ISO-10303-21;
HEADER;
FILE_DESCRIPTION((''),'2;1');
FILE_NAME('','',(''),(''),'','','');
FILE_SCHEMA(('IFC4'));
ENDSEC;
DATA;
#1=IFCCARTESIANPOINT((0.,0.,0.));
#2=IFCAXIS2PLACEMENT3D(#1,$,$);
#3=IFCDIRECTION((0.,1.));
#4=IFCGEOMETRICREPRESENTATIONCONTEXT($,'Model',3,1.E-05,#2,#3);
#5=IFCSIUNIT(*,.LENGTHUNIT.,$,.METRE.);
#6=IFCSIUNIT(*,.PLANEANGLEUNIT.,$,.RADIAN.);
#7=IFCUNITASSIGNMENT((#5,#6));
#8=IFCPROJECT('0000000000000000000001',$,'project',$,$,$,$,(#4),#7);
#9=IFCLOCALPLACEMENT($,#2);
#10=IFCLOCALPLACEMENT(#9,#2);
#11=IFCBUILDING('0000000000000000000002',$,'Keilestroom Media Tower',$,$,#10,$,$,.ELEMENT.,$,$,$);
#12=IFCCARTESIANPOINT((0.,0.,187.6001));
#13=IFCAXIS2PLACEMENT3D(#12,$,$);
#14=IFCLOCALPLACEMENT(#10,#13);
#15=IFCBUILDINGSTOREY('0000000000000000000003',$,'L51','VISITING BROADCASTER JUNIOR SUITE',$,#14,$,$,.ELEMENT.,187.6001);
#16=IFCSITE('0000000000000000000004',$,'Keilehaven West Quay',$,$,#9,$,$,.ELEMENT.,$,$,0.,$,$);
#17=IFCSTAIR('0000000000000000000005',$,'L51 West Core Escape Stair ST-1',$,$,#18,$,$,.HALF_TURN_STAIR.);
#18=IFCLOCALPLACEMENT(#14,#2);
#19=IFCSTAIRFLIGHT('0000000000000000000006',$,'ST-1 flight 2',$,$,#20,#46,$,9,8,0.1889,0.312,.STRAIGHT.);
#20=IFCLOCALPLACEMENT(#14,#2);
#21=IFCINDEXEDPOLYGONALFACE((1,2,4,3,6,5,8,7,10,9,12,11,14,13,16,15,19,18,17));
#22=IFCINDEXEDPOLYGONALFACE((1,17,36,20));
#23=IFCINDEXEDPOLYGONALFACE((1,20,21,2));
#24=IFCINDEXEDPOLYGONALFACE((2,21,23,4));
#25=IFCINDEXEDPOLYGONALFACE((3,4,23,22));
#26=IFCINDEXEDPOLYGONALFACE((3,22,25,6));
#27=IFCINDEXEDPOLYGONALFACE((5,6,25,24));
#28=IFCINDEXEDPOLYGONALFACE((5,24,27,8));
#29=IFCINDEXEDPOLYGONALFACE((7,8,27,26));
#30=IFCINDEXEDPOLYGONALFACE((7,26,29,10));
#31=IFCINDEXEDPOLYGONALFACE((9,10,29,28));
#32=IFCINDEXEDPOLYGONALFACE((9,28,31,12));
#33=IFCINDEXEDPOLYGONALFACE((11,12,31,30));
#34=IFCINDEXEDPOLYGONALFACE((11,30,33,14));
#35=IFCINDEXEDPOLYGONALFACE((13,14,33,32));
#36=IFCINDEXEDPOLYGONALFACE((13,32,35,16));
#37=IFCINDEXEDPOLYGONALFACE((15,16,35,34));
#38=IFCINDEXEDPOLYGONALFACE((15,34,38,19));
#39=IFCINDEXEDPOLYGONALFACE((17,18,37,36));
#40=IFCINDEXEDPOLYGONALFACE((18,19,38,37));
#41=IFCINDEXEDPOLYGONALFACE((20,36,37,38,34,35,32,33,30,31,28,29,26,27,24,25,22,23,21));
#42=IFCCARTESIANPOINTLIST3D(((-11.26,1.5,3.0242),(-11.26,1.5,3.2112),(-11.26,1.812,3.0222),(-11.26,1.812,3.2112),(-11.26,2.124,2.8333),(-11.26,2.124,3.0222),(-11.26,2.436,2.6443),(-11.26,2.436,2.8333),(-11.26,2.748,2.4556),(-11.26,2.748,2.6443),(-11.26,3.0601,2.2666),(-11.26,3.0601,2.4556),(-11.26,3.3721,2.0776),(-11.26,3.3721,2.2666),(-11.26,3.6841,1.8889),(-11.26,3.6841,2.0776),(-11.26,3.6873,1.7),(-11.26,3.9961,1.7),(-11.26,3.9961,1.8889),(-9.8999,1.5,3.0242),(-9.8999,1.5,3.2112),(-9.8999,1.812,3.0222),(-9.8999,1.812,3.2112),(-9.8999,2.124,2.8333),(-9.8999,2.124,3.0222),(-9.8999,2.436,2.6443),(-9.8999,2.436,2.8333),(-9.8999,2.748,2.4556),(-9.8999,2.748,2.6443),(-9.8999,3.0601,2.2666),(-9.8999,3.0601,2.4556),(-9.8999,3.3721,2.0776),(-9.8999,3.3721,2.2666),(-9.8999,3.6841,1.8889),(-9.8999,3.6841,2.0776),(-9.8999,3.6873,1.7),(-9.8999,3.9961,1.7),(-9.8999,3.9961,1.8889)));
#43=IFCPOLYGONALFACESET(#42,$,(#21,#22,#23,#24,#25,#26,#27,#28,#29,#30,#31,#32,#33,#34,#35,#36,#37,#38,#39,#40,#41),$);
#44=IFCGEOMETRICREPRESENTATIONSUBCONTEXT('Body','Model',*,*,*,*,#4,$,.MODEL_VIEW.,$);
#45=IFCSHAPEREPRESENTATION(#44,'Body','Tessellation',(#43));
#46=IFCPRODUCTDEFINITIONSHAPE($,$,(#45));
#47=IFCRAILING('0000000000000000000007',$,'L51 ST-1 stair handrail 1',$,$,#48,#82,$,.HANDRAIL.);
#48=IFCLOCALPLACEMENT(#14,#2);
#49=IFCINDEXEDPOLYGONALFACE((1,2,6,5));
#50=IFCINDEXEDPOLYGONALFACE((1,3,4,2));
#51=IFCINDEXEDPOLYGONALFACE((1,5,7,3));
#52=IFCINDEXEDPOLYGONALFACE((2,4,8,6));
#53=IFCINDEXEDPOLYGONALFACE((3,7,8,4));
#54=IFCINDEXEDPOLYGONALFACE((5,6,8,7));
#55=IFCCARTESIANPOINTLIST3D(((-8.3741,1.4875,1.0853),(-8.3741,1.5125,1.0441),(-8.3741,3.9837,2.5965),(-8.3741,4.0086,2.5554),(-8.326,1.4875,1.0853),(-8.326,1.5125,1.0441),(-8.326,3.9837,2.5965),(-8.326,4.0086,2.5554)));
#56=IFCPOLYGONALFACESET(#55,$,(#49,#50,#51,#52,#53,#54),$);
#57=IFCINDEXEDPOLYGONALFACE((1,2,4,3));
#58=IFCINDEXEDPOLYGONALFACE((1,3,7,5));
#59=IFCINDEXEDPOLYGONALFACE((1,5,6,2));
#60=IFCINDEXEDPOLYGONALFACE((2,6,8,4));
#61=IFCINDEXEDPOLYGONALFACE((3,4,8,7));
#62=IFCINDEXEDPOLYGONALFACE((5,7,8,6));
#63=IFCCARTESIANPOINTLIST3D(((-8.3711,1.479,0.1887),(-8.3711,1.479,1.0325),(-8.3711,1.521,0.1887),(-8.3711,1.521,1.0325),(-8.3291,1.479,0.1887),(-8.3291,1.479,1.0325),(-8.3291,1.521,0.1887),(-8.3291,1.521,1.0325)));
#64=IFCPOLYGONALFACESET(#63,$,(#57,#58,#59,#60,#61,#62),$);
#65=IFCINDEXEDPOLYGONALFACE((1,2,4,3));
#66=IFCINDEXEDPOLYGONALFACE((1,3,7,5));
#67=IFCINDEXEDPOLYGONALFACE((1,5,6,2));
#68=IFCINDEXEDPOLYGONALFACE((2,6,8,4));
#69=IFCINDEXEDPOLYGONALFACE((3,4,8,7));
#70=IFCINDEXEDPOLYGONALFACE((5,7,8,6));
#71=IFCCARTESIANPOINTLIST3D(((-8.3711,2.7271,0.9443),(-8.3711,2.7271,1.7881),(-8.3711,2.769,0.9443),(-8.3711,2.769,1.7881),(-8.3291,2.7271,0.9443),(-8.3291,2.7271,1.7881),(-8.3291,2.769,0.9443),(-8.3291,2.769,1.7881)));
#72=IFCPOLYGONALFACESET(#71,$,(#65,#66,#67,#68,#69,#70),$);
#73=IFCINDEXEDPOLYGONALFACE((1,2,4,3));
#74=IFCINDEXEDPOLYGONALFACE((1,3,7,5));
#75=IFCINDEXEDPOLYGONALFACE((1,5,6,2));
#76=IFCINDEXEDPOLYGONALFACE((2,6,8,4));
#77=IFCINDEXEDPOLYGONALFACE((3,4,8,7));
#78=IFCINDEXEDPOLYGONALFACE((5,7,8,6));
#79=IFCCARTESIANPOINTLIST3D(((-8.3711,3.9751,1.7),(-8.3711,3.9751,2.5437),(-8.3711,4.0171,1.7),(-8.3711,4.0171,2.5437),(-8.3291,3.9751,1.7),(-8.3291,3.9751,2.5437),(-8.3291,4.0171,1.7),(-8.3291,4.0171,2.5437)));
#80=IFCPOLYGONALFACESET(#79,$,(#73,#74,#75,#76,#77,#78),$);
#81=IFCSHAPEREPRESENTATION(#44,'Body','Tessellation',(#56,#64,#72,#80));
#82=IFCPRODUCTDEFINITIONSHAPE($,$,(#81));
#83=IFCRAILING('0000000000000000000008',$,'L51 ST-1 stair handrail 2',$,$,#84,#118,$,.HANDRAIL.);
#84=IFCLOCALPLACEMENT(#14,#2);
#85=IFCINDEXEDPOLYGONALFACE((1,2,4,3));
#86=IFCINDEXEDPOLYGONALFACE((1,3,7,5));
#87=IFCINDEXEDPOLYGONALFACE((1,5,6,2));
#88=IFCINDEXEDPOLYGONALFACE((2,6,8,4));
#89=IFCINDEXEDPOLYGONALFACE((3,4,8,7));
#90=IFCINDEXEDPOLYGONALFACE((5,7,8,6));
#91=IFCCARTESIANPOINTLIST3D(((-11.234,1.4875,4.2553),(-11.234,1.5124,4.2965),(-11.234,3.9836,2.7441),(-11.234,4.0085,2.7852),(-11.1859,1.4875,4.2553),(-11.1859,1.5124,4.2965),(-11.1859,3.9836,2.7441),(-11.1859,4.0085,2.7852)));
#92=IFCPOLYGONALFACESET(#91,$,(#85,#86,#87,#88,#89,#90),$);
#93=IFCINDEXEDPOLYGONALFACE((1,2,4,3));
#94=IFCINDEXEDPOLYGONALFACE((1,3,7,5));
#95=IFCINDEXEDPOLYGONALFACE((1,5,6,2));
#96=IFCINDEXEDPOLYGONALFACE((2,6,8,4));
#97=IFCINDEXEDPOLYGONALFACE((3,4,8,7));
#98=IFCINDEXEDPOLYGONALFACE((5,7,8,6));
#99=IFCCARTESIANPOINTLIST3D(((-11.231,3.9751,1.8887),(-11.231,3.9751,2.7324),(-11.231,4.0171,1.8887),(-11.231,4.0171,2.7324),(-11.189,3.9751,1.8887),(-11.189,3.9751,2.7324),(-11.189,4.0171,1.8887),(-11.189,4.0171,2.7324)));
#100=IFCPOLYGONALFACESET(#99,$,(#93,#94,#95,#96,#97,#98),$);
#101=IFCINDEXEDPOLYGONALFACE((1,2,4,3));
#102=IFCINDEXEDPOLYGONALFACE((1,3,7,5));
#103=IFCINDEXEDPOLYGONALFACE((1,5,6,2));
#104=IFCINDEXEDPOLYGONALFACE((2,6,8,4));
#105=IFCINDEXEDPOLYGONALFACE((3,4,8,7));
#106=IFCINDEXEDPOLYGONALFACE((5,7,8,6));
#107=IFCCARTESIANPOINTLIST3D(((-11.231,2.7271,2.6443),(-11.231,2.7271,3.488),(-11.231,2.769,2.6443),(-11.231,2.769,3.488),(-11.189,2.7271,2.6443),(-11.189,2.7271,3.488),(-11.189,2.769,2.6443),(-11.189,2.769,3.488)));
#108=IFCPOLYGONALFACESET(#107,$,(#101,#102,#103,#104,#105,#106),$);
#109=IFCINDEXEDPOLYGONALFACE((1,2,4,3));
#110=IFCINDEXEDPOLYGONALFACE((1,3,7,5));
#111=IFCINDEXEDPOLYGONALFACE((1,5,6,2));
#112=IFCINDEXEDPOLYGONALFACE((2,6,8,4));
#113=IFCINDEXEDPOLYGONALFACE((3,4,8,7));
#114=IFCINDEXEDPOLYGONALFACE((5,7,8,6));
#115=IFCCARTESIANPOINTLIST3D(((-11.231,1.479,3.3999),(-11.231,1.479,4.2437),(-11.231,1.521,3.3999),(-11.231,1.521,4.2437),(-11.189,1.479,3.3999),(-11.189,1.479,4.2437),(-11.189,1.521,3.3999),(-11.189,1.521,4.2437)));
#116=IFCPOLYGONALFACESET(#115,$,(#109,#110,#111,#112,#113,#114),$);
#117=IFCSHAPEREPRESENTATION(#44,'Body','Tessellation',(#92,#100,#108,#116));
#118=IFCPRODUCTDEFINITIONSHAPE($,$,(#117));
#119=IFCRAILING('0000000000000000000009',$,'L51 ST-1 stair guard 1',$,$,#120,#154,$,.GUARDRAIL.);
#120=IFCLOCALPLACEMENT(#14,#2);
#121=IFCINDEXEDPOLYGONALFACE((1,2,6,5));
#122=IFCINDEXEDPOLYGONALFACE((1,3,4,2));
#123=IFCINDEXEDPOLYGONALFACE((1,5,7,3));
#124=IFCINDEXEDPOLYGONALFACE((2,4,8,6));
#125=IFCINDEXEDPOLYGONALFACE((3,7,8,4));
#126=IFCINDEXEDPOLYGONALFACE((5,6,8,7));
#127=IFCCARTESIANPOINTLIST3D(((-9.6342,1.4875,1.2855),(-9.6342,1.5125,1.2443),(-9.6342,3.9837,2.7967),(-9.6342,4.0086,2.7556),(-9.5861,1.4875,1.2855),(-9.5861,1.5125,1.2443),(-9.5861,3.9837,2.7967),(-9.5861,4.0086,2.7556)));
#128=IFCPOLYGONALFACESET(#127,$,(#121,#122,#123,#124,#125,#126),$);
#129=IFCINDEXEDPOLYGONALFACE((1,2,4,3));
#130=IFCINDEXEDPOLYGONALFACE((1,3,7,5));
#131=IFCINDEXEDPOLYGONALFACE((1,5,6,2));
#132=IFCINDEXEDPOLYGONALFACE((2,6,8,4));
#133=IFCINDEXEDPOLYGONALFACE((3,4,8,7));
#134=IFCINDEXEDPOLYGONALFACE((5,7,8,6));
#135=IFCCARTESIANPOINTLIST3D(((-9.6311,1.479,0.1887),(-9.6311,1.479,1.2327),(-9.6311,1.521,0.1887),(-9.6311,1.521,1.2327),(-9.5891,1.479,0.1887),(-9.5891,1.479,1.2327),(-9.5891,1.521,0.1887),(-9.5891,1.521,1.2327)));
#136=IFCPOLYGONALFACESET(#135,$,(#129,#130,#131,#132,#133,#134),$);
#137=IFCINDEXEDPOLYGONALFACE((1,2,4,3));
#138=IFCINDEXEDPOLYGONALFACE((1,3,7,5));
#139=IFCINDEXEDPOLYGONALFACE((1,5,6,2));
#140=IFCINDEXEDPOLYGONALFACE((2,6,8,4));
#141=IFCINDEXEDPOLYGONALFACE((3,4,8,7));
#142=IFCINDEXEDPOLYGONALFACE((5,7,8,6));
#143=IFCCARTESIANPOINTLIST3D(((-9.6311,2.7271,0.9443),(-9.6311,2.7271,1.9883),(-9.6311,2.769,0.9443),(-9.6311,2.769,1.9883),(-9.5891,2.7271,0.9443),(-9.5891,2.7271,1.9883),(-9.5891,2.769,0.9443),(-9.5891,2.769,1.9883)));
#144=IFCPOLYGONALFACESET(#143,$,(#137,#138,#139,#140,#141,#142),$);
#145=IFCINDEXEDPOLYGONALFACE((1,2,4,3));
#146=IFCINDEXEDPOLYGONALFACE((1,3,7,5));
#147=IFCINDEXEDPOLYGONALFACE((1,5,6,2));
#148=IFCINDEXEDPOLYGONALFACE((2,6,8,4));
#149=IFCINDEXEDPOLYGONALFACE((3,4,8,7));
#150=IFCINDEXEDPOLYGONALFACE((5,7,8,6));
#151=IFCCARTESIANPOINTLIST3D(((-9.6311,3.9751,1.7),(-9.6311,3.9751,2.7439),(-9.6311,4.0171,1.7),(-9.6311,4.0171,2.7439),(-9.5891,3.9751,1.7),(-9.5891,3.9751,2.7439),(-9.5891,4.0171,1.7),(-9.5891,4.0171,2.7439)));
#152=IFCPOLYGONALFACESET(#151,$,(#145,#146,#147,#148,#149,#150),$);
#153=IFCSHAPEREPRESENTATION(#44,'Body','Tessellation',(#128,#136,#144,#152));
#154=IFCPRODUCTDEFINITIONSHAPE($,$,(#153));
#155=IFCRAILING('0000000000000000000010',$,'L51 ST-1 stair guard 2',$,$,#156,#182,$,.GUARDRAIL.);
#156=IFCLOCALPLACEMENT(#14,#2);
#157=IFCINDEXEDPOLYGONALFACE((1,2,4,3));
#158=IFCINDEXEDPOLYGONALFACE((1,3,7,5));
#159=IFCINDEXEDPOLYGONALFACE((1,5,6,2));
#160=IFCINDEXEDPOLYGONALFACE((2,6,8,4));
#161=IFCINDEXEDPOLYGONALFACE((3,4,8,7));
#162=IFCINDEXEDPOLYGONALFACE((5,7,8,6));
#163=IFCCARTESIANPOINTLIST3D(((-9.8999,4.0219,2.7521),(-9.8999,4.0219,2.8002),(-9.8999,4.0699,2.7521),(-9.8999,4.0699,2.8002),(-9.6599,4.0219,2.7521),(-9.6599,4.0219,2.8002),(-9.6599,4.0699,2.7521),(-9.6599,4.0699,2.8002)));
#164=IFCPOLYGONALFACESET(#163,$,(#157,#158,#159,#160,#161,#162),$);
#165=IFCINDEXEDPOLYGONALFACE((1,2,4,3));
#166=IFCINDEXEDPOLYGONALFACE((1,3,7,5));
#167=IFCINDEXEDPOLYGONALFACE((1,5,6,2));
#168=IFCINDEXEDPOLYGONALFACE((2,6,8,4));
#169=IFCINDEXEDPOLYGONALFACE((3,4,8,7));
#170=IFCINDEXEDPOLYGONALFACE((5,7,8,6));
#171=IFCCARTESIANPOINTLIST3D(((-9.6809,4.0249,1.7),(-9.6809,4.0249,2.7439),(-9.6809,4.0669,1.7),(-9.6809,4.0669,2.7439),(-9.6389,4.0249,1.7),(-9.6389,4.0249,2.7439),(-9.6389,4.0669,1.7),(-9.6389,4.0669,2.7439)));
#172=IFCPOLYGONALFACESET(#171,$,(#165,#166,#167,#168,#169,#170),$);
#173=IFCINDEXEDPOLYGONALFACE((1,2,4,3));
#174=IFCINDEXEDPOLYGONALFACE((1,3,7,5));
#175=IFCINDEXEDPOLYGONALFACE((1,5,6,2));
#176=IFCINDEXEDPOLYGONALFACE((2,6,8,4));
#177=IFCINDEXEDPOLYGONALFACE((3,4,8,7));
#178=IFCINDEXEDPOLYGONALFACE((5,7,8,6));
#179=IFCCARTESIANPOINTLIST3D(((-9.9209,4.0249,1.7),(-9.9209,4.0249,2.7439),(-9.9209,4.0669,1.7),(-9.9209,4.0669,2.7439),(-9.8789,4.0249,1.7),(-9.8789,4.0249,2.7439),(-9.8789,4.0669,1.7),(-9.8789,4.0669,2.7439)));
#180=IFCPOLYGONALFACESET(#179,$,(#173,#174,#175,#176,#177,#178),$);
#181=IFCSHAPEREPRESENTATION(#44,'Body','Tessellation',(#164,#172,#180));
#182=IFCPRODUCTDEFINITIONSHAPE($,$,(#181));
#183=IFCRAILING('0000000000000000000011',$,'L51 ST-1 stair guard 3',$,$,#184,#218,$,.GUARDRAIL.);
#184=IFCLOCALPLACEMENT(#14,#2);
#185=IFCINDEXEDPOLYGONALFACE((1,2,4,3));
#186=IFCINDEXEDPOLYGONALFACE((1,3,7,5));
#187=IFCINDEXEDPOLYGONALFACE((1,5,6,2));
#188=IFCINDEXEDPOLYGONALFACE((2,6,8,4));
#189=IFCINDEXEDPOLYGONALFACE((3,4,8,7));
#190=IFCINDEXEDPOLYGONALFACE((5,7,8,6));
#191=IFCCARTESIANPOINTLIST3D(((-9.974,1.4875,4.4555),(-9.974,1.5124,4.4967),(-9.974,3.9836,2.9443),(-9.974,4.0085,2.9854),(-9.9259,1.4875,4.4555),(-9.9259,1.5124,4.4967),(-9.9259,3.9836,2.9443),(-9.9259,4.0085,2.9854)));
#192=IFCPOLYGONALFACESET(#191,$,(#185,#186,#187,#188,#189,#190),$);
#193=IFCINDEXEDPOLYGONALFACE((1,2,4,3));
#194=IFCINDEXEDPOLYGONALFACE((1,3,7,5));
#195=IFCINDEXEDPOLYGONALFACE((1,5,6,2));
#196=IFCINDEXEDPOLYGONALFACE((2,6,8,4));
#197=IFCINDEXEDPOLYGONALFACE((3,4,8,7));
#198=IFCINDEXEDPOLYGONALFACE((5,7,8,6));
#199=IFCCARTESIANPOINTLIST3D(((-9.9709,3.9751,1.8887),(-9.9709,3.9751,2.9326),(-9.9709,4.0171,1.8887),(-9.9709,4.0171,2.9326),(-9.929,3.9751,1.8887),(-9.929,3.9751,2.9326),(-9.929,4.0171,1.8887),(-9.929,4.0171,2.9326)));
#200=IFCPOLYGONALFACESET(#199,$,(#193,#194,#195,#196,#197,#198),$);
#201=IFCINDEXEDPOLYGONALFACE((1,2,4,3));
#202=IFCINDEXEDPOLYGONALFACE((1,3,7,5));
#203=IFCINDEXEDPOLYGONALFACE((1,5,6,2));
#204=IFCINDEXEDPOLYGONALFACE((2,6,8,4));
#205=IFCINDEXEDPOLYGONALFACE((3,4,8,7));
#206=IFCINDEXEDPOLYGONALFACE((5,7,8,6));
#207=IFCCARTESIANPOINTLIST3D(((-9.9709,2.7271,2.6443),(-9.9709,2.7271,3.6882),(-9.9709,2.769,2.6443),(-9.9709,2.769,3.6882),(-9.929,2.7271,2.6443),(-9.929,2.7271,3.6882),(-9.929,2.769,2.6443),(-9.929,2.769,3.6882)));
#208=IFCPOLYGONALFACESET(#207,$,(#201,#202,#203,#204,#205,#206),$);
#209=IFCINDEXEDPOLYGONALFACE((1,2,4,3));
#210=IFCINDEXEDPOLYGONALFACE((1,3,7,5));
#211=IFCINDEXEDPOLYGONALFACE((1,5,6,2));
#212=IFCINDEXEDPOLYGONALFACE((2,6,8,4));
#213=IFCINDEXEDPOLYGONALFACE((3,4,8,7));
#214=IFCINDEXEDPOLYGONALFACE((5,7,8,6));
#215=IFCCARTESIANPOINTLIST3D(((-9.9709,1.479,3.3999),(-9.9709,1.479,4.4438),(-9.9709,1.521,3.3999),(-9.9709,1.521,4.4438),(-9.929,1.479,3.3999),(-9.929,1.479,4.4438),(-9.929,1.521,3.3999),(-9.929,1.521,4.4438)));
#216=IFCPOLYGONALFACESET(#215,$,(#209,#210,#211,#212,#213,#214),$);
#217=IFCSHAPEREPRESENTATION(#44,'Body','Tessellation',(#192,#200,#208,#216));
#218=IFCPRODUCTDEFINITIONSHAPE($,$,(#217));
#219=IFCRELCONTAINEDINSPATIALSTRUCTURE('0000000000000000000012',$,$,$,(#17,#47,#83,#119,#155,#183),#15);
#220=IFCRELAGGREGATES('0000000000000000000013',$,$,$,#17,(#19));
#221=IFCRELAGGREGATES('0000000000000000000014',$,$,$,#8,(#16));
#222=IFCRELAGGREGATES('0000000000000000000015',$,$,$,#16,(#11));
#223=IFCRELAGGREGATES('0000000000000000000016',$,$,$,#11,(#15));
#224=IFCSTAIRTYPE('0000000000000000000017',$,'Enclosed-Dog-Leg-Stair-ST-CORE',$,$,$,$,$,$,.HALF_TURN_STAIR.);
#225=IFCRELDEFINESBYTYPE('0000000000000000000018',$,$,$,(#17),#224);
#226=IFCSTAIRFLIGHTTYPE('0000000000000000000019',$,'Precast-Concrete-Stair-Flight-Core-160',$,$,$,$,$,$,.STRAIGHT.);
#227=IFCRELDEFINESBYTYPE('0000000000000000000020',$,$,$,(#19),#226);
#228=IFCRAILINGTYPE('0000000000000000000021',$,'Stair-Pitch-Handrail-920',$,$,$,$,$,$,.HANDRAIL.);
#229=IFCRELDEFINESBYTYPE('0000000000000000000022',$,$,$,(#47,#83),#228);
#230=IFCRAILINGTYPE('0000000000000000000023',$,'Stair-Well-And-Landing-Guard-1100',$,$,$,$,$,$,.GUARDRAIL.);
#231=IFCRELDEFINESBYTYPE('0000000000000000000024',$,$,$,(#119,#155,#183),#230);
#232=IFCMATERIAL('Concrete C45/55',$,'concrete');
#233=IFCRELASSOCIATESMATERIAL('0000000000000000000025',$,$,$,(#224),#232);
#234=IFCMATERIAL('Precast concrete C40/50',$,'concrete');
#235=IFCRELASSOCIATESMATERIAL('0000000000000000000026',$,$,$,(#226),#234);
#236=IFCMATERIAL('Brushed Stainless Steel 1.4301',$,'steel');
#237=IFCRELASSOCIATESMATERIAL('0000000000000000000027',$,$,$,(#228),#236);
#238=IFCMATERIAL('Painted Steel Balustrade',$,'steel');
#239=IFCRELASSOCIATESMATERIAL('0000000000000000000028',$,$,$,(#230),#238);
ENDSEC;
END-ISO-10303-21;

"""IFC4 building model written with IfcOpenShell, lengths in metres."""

from ifc_helpers import new_model, si_unit, direction, frame, origin, origin_2d, place, context, subcontext, project, spatial, polyline, rectangle, outline, extrude, material, type_object, element, aggregate, save


model = new_model("IFC4")

# Units and contexts
model_context = context("Model", 3, precision=1e-05, world=origin(), true_north=direction((0.0, 1.0)))
body_context = subcontext(model_context, "Body", "Model", "MODEL_VIEW")
ifc_project = project(units=[si_unit("LENGTHUNIT", "METRE"), si_unit("PLANEANGLEUNIT", "RADIAN")], contexts=[model_context])

# Site, building, storey
site_placement = place(None, origin())
site = spatial("IfcSite", under=ifc_project, at=site_placement, Name="Keilehaven West Quay", CompositionType="ELEMENT", RefElevation=0.0)
building_placement = place(site_placement, origin())
building = spatial("IfcBuilding", under=site, at=building_placement, Name="Keilestroom Media Tower", CompositionType="ELEMENT")
storey_placement = place(building_placement, frame((0.0, 0.0, 187.6001)))
storey = spatial("IfcBuildingStorey", under=building, at=storey_placement, Name="L51", Description="VISITING BROADCASTER JUNIOR SUITE", CompositionType="ELEMENT", Elevation=187.6001)

# Shared definitions
ifc_material_1 = material(Name="Precast concrete C40/50", Category="concrete")

# Stair, stair flight
ifc_material_2 = material(Name="Concrete C45/55", Category="concrete")
stair_type = type_object("IfcStairType", Name="Enclosed-Dog-Leg-Stair-ST-CORE", PredefinedType="HALF_TURN_STAIR", material=ifc_material_2)
stair_placement = place(storey_placement, origin())
stair = element("IfcStair", 1, at=stair_placement, inside=storey, type_object=stair_type, Name="L51 West Core Escape Stair ST-1", PredefinedType="HALF_TURN_STAIR")
stair_flight_type = type_object("IfcStairFlightType", Name="Precast-Concrete-Stair-Flight-Core-160", PredefinedType="STRAIGHT", material=ifc_material_1)
stair_flight_1_placement = place(storey_placement, frame((-10.5801, 3.9961, 1.7), z_axis=(0.0, 0.0, 1.0), x_axis=(0.0, -1.0, 0.0)))
stair_flight_1 = element("IfcStairFlight", 2, at=stair_flight_1_placement, type_object=stair_flight_type, Name="ST-1 flight 2", NumberOfRisers=9, NumberOfTreads=8, PredefinedType="STRAIGHT", RiserHeight=0.1889, TreadLength=0.312, context=body_context, shape_type="SweptSolid", body=[
    extrude(outline(polyline([(0.0, 0.0), (0.0, 0.189), (0.312, 0.189), (0.312, 0.3777), (0.624, 0.3777), (0.624, 0.5667), (0.936, 0.5667), (0.936, 0.7556), (1.248, 0.7556), (1.248, 0.9443), (1.5601, 0.9443), (1.5601, 1.1333), (1.8721, 1.1333), (1.8721, 1.3223), (2.1841, 1.3223), (2.1841, 1.5112), (2.4961, 1.5112), (2.4961, 1.7), (2.4961, 1.3242), (0.3088, 0.0), (0.0, 0.0)])), frame((0.0, 0.6802, 0.0), z_axis=(0.0, -1.0, 0.0), x_axis=(1.0, 0.0, 0.0)), (0.0, 0.0, 1.0), 1.3601),
])
aggregate(stair, [stair_flight_1])

# Railings
ifc_material_3 = material(Name="Brushed Stainless Steel 1.4301", Category="steel")
railing_type_1 = type_object("IfcRailingType", Name="Stair-Pitch-Handrail-920", PredefinedType="HANDRAIL", material=ifc_material_3)
railing_1_placement = place(storey_placement, frame((-8.3501, 1.5, 0.1887)))
element("IfcRailing", 3, at=railing_1_placement, inside=storey, type_object=railing_type_1, Name="L51 ST-1 stair handrail 1", PredefinedType="HANDRAIL", context=body_context, shape_type="SweptSolid", body=[
    extrude(rectangle(XDim=0.0481, YDim=0.0481, at=origin_2d()), frame((0.0, 0.0, 0.876), z_axis=(0.0, 0.855434, 0.517912), x_axis=(-1.0, 0.0, 0.0)), (0.0, 0.0, 1.0), 2.918),
    extrude(rectangle(XDim=0.042, YDim=0.042, at=origin_2d()), origin(), (0.0, 0.0, 1.0), 0.8438),
    extrude(rectangle(XDim=0.042, YDim=0.042, at=origin_2d()), frame((0.0, 1.248, 0.7556)), (0.0, 0.0, 1.0), 0.8438),
    extrude(rectangle(XDim=0.042, YDim=0.042, at=origin_2d()), frame((0.0, 2.4961, 1.5112)), (0.0, 0.0, 1.0), 0.8438),
])
railing_2_placement = place(storey_placement, frame((-11.21, 3.9961, 1.8887)))
element("IfcRailing", 4, at=railing_2_placement, inside=storey, type_object=railing_type_1, Name="L51 ST-1 stair handrail 2", PredefinedType="HANDRAIL", context=body_context, shape_type="SweptSolid", body=[
    extrude(rectangle(XDim=0.0481, YDim=0.0481, at=origin_2d()), frame((0.0, 0.0, 0.876), z_axis=(0.0, -0.855434, 0.517912), x_axis=(1.0, 0.0, 0.0)), (0.0, 0.0, 1.0), 2.918),
    extrude(rectangle(XDim=0.042, YDim=0.042, at=origin_2d()), origin(), (0.0, 0.0, 1.0), 0.8438),
    extrude(rectangle(XDim=0.042, YDim=0.042, at=origin_2d()), frame((0.0, -1.248, 0.7556)), (0.0, 0.0, 1.0), 0.8438),
    extrude(rectangle(XDim=0.042, YDim=0.042, at=origin_2d()), frame((0.0, -2.4961, 1.5112)), (0.0, 0.0, 1.0), 0.8438),
])
ifc_material_4 = material(Name="Painted Steel Balustrade", Category="steel")
railing_type_2 = type_object("IfcRailingType", Name="Stair-Well-And-Landing-Guard-1100", PredefinedType="GUARDRAIL", material=ifc_material_4)
railing_3_placement = place(storey_placement, frame((-9.6101, 1.5, 0.1887)))
element("IfcRailing", 5, at=railing_3_placement, inside=storey, type_object=railing_type_2, Name="L51 ST-1 stair guard 1", PredefinedType="GUARDRAIL", context=body_context, shape_type="SweptSolid", body=[
    extrude(rectangle(XDim=0.0481, YDim=0.0481, at=origin_2d()), frame((0.0, 0.0, 1.0762), z_axis=(0.0, 0.855434, 0.517912), x_axis=(-1.0, 0.0, 0.0)), (0.0, 0.0, 1.0), 2.918),
    extrude(rectangle(XDim=0.042, YDim=0.042, at=origin_2d()), origin(), (0.0, 0.0, 1.0), 1.0439),
    extrude(rectangle(XDim=0.042, YDim=0.042, at=origin_2d()), frame((0.0, 1.248, 0.7556)), (0.0, 0.0, 1.0), 1.0439),
    extrude(rectangle(XDim=0.042, YDim=0.042, at=origin_2d()), frame((0.0, 2.4961, 1.5112)), (0.0, 0.0, 1.0), 1.0439),
])
railing_4_placement = place(storey_placement, frame((-9.6599, 4.0459, 1.7)))
element("IfcRailing", 6, at=railing_4_placement, inside=storey, type_object=railing_type_2, Name="L51 ST-1 stair guard 2", PredefinedType="GUARDRAIL", context=body_context, shape_type="SweptSolid", body=[
    extrude(rectangle(XDim=0.0481, YDim=0.0481, at=origin_2d()), frame((0.0, 0.0, 1.0762), z_axis=(-1.0, 0.0, 0.0), x_axis=(0.0, -1.0, 0.0)), (0.0, 0.0, 1.0), 0.24),
    extrude(rectangle(XDim=0.042, YDim=0.042, at=origin_2d()), origin(), (0.0, 0.0, 1.0), 1.0439),
    extrude(rectangle(XDim=0.042, YDim=0.042, at=origin_2d()), frame((-0.24, 0.0, 0.0)), (0.0, 0.0, 1.0), 1.0439),
])
railing_5_placement = place(storey_placement, frame((-9.95, 3.9961, 1.8887)))
element("IfcRailing", 7, at=railing_5_placement, inside=storey, type_object=railing_type_2, Name="L51 ST-1 stair guard 3", PredefinedType="GUARDRAIL", context=body_context, shape_type="SweptSolid", body=[
    extrude(rectangle(XDim=0.0481, YDim=0.0481, at=origin_2d()), frame((0.0, 0.0, 1.0762), z_axis=(0.0, -0.855434, 0.517912), x_axis=(1.0, 0.0, 0.0)), (0.0, 0.0, 1.0), 2.918),
    extrude(rectangle(XDim=0.042, YDim=0.042, at=origin_2d()), origin(), (0.0, 0.0, 1.0), 1.0439),
    extrude(rectangle(XDim=0.042, YDim=0.042, at=origin_2d()), frame((0.0, -1.248, 0.7556)), (0.0, 0.0, 1.0), 1.0439),
    extrude(rectangle(XDim=0.042, YDim=0.042, at=origin_2d()), frame((0.0, -2.4961, 1.5112)), (0.0, 0.0, 1.0), 1.0439),
])

save(model, "model.ifc")
